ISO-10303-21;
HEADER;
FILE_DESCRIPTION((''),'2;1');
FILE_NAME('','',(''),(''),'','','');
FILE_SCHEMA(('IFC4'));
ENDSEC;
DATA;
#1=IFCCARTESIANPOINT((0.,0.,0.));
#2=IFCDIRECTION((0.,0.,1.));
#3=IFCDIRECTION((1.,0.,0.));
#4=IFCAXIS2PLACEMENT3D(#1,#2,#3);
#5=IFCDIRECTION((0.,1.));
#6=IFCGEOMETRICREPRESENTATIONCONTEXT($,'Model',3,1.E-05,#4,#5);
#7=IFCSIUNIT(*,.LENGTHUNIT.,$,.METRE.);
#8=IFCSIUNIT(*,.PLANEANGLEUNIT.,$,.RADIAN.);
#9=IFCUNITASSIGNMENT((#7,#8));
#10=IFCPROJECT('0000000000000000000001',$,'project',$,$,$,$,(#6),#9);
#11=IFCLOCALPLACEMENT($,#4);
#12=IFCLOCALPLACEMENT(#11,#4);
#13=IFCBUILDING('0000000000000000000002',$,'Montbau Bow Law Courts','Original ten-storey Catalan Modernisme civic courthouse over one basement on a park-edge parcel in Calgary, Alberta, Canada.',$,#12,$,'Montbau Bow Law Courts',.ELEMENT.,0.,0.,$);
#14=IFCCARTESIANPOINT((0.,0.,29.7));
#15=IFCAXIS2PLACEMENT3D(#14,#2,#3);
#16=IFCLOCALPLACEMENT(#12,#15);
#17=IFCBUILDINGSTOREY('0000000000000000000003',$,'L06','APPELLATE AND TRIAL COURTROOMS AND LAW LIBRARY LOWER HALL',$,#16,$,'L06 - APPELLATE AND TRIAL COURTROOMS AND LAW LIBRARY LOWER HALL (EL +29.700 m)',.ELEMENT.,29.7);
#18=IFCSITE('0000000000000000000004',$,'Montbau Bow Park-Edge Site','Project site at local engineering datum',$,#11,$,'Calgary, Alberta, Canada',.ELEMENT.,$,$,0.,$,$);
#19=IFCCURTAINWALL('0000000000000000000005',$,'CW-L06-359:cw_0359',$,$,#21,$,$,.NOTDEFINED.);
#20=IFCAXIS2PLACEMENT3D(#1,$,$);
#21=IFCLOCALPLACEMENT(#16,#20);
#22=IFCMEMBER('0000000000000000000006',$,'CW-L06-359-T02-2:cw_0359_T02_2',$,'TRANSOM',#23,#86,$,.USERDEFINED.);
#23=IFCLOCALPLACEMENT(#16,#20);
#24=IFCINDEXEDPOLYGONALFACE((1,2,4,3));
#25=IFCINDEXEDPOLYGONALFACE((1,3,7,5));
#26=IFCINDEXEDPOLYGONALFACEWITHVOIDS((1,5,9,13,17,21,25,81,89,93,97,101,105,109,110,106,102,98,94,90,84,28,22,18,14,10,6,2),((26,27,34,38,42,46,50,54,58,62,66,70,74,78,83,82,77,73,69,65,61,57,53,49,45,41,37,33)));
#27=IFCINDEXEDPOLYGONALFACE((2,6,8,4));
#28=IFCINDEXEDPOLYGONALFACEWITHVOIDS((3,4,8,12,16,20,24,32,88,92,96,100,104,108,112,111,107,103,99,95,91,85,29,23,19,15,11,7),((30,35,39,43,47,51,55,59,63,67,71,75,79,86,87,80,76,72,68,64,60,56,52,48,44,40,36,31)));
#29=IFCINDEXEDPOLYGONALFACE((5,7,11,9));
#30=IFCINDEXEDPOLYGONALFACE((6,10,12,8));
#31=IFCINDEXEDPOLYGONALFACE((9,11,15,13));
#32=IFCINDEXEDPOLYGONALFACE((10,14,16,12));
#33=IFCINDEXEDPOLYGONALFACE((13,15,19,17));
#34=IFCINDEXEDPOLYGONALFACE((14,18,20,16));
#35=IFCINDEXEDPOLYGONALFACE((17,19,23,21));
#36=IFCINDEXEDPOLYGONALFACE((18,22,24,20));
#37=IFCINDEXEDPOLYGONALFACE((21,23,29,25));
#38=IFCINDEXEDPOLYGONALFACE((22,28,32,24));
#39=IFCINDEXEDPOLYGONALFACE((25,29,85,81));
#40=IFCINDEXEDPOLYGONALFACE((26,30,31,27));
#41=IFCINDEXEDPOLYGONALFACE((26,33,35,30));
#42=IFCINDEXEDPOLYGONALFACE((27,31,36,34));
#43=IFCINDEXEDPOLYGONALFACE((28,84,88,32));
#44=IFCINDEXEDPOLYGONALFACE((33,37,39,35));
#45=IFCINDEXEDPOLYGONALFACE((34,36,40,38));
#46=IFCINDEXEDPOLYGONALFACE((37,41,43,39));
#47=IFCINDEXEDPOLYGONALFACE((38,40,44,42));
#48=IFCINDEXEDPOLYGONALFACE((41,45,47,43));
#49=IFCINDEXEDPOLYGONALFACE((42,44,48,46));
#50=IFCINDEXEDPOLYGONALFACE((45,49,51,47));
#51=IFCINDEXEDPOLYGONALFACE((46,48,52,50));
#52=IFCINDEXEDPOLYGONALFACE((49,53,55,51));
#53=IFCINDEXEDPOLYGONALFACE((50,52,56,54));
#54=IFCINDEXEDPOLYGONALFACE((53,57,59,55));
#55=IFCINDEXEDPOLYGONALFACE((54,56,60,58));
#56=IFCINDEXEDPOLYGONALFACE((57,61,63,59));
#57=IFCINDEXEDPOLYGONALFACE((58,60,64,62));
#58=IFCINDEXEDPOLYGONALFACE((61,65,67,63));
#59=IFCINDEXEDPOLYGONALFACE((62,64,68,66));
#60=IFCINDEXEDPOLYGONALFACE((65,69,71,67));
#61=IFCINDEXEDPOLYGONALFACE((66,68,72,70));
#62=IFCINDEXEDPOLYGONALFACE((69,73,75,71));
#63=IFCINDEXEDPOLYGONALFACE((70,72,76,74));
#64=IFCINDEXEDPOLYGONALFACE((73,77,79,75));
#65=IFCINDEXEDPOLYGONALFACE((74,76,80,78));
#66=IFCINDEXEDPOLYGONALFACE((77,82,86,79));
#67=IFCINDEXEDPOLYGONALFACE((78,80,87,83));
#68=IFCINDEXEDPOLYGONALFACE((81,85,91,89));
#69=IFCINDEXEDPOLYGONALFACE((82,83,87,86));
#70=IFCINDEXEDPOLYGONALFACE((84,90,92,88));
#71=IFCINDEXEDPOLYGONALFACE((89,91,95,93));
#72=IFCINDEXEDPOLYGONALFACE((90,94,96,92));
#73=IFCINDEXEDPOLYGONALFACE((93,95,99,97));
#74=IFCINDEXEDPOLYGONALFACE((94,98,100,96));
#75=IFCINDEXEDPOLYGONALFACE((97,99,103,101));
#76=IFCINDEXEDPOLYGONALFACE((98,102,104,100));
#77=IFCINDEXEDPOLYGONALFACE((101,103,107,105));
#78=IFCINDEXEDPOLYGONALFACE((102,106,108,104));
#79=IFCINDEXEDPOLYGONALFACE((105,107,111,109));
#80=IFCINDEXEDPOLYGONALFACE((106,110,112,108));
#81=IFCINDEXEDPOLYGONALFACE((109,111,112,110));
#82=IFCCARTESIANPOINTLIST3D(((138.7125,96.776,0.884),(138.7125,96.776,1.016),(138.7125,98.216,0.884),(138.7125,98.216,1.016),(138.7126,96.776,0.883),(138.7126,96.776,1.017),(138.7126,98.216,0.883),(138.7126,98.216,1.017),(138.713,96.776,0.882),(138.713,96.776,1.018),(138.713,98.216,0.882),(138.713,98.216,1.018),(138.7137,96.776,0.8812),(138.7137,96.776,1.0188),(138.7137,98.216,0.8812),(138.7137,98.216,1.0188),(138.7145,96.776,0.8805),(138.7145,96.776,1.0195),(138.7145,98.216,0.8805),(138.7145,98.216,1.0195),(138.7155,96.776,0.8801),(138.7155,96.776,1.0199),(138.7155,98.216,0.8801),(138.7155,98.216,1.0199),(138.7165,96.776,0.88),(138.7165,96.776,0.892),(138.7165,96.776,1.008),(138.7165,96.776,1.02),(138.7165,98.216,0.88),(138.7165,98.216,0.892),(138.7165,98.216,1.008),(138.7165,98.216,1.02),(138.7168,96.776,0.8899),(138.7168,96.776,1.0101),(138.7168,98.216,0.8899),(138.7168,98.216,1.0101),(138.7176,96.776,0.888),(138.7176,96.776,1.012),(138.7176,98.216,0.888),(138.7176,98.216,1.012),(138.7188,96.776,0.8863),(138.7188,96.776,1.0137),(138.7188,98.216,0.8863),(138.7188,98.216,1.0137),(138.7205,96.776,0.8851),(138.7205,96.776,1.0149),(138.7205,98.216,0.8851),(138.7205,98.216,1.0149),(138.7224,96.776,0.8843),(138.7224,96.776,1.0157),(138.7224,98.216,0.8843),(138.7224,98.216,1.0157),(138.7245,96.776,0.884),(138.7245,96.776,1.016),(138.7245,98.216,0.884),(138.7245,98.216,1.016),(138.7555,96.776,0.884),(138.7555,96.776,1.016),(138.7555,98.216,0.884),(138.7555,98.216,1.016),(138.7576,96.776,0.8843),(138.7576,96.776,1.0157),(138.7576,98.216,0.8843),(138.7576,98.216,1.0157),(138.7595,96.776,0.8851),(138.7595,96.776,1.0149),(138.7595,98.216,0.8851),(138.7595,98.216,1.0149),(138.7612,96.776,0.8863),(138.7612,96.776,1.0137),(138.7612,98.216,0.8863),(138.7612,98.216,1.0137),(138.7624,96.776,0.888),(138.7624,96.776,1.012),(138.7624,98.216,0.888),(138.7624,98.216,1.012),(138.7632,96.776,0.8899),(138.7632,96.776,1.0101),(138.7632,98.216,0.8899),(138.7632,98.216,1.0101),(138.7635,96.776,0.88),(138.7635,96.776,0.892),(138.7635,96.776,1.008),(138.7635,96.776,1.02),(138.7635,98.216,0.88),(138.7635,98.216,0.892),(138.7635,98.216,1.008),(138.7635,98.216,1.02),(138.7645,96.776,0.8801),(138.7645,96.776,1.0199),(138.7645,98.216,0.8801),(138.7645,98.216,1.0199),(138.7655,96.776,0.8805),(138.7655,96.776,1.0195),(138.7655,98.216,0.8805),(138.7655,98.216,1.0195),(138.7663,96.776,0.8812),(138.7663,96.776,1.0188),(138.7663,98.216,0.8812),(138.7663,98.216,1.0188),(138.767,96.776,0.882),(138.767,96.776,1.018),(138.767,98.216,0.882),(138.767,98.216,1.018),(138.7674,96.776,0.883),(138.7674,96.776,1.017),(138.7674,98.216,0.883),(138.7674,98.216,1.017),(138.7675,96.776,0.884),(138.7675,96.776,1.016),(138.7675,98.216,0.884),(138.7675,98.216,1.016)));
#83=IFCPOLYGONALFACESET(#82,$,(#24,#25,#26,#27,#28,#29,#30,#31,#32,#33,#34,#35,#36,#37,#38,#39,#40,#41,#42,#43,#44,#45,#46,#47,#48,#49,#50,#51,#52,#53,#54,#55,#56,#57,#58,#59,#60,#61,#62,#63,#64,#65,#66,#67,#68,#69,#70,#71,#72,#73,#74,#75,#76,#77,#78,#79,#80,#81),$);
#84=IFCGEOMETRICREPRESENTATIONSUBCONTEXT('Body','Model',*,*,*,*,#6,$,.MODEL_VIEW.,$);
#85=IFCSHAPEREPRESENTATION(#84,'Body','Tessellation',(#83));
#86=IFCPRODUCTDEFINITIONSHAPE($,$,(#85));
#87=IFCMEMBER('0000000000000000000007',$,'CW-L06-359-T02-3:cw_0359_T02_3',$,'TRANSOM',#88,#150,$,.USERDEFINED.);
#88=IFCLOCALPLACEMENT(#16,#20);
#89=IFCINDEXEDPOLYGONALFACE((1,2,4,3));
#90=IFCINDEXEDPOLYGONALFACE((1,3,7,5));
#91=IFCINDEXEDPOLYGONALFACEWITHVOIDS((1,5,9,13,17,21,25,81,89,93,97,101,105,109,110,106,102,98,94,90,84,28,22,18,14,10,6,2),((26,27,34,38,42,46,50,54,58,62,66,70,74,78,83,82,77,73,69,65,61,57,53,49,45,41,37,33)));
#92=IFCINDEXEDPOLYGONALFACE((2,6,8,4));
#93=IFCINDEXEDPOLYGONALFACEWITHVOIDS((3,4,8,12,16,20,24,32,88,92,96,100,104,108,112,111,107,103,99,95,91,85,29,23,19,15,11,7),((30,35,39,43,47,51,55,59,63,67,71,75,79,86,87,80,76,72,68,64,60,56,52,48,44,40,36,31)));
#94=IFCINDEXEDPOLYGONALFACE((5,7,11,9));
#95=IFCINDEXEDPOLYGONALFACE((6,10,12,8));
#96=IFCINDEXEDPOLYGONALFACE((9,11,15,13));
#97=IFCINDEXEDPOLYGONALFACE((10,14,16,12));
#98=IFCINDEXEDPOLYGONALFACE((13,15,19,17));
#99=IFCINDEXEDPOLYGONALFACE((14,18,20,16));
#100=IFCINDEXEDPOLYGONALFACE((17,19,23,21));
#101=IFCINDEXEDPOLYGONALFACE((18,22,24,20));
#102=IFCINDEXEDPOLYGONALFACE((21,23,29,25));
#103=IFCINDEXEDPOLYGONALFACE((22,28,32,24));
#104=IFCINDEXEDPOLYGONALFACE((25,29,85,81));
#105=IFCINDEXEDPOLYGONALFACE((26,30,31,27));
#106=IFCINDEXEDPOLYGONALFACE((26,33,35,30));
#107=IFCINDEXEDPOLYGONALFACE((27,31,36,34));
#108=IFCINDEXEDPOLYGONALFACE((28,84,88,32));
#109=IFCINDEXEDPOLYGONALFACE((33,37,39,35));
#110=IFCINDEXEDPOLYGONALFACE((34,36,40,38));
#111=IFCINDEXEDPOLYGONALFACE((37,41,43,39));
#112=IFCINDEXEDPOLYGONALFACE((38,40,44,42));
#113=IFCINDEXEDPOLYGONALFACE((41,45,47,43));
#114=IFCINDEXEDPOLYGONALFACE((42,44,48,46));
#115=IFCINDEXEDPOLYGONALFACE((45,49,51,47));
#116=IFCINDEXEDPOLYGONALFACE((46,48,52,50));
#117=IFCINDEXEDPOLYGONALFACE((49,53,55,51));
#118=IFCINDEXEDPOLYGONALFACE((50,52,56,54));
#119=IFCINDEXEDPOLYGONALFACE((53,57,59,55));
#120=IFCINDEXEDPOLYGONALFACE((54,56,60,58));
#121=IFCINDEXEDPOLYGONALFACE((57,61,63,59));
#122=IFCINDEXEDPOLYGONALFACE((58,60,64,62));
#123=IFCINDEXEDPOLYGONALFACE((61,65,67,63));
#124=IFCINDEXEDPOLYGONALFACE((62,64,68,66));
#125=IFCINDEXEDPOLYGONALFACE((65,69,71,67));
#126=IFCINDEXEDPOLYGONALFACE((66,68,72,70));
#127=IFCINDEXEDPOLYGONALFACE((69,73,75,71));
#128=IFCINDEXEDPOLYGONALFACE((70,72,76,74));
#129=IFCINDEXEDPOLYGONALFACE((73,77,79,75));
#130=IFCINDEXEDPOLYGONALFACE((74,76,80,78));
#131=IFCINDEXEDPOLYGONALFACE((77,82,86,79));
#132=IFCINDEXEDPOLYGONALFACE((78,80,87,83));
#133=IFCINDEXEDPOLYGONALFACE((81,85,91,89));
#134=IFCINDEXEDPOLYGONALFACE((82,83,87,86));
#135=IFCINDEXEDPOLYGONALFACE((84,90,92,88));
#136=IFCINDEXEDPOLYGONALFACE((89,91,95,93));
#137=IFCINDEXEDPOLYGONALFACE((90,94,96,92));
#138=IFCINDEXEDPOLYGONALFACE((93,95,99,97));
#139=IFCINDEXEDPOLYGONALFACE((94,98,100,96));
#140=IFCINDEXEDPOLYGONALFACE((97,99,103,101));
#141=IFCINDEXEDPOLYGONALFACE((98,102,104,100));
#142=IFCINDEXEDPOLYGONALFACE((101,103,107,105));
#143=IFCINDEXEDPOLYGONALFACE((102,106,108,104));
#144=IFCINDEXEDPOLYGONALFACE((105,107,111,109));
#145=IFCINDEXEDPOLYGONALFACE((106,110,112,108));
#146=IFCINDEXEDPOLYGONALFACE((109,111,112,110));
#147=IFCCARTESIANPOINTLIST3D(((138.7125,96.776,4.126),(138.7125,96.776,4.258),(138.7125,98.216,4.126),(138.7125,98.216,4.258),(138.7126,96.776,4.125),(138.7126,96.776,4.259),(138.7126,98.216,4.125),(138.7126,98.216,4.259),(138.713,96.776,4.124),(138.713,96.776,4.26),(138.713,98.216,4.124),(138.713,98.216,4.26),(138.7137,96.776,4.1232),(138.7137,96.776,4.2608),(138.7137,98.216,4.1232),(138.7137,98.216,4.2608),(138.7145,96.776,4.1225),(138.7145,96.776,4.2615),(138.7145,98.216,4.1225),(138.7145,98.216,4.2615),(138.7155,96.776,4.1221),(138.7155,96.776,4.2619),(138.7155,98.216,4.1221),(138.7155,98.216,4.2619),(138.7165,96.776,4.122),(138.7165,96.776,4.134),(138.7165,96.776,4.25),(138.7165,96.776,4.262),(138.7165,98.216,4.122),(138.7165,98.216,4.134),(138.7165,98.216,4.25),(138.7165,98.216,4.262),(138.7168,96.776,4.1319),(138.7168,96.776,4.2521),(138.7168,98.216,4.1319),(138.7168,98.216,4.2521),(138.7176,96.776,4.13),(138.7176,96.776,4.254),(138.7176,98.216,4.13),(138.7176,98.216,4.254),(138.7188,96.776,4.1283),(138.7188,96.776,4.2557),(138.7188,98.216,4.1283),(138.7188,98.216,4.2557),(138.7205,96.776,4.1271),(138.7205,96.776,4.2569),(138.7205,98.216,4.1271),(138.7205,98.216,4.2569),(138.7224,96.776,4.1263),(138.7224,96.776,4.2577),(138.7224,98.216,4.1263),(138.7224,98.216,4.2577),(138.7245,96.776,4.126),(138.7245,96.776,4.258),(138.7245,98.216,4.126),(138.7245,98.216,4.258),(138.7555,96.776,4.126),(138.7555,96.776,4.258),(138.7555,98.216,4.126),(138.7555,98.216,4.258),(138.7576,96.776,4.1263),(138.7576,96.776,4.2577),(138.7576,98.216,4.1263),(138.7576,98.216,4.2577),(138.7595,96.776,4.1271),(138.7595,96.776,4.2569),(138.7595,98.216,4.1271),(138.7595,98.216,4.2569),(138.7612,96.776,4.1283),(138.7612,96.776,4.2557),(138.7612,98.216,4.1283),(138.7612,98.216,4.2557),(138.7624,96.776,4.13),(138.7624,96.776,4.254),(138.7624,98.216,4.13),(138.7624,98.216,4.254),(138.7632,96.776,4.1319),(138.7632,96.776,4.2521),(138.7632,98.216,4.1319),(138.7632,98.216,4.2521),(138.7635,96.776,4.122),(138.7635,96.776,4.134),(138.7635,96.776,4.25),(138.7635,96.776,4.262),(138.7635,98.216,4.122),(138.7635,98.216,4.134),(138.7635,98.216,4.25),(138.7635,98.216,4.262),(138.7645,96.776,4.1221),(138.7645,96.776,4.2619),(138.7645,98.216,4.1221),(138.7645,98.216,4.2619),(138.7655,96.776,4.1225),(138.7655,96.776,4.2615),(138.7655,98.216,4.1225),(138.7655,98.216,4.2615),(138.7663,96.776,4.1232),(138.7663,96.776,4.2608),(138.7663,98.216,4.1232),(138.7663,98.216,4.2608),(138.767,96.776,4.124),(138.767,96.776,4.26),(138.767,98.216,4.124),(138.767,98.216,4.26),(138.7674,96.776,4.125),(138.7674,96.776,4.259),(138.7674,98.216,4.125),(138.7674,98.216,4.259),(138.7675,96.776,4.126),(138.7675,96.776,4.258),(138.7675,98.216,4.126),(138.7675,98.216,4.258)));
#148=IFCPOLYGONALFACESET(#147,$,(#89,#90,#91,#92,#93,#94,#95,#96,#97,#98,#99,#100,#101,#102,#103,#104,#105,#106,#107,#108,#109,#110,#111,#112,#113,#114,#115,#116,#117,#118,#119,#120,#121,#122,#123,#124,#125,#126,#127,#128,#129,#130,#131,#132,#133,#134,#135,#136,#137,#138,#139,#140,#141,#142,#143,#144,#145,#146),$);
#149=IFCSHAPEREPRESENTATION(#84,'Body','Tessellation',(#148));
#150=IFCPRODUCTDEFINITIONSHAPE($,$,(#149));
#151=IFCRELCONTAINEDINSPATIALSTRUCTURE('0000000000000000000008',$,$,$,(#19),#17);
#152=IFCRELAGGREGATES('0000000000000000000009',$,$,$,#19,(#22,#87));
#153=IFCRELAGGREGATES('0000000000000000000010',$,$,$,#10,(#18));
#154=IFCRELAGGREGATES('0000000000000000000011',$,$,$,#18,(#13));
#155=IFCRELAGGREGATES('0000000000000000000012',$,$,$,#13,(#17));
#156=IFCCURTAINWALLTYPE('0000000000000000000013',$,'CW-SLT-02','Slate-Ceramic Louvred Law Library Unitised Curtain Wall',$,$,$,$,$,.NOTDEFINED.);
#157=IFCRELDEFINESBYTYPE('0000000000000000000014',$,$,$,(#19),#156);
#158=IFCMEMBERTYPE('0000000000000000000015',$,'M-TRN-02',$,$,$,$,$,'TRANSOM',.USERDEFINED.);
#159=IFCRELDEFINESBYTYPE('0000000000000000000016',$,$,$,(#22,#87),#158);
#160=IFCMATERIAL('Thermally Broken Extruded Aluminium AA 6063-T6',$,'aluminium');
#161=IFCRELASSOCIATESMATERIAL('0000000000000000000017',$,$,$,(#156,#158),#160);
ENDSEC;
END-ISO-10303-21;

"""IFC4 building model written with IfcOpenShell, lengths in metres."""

from ifc_helpers import new_model, si_unit, direction, frame, origin_with_axes, origin_2d_with_axis, place, context, subcontext, project, spatial, hollow_rectangle, extrude, material, material_profile, profile_set, type_object, element, aggregate, save


model = new_model("IFC4")

# Units and contexts
model_context = context("Model", 3, precision=1e-05, world=origin_with_axes(), true_north=direction((0.0, 1.0)))
body_context = subcontext(model_context, "Body", "Model", "MODEL_VIEW")
ifc_project = project(units=[si_unit("LENGTHUNIT", "METRE"), si_unit("PLANEANGLEUNIT", "RADIAN")], contexts=[model_context])

# Site, building, storey
site_placement = place(None, origin_with_axes())
site = spatial("IfcSite", under=ifc_project, at=site_placement, Name="Montbau Bow Park-Edge Site", Description="Project site at local engineering datum", LongName="Calgary, Alberta, Canada", CompositionType="ELEMENT", RefElevation=0.0)
building_placement = place(site_placement, origin_with_axes())
building = spatial("IfcBuilding", under=site, at=building_placement, Name="Montbau Bow Law Courts", Description="Original ten-storey Catalan Modernisme civic courthouse over one basement on a park-edge parcel in Calgary, Alberta, Canada.", LongName="Montbau Bow Law Courts", CompositionType="ELEMENT", ElevationOfRefHeight=0.0, ElevationOfTerrain=0.0)
storey_placement = place(building_placement, frame((0.0, 0.0, 29.7), z_axis=(0.0, 0.0, 1.0), x_axis=(1.0, 0.0, 0.0)))
storey = spatial("IfcBuildingStorey", under=building, at=storey_placement, Name="L06", Description="APPELLATE AND TRIAL COURTROOMS AND LAW LIBRARY LOWER HALL", LongName="L06 - APPELLATE AND TRIAL COURTROOMS AND LAW LIBRARY LOWER HALL (EL +29.700 m)", CompositionType="ELEMENT", Elevation=29.7)

# Curtain wall, members
ifc_material_1 = material(Name="Thermally Broken Extruded Aluminium AA 6063-T6", Category="aluminium")
curtain_wall_type = type_object("IfcCurtainWallType", Name="CW-SLT-02", Description="Slate-Ceramic Louvred Law Library Unitised Curtain Wall", PredefinedType="NOTDEFINED", material=ifc_material_1)
curtain_wall_placement = place(None, frame((138.74, 95.24, 29.7), z_axis=(0.0, 0.0, 1.0), x_axis=(1.0, 0.0, 0.0)))
curtain_wall = element("IfcCurtainWall", 1, at=curtain_wall_placement, inside=storey, type_object=curtain_wall_type, Name="CW-L06-359:cw_0359", PredefinedType="NOTDEFINED")
ifc_material_profile_1 = material_profile(ifc_material_1, hollow_rectangle(XDim=0.055, YDim=0.14, WallThickness=0.004, InnerFilletRadius=0.008, OuterFilletRadius=0.004, at=origin_2d_with_axis()), Name="CWT-140X55", Category="Main", Priority=0)
ifc_profile_set_1 = profile_set([ifc_material_profile_1], Name="Thermally Broken Extruded Aluminium AA 6063-T6")
member_type_1 = type_object("IfcMemberType", Name="M-TRN-02", ElementType="TRANSOM", PredefinedType="USERDEFINED", material=ifc_profile_set_1)
member_1_placement = place(None, frame((138.74, 96.776, 30.65), z_axis=(0.0, 1.0, 0.0), x_axis=(-1.0, 0.0, 0.0)))
member_1 = element("IfcMember", 2, at=member_1_placement, type_object=member_type_1, Name="CW-L06-359-T02-2:cw_0359_T02_2", ObjectType="TRANSOM", PredefinedType="USERDEFINED", context=body_context, shape_type="SweptSolid", body=[
    extrude(hollow_rectangle(XDim=0.055, YDim=0.14, WallThickness=0.004, InnerFilletRadius=0.008, OuterFilletRadius=0.004, at=origin_2d_with_axis()), origin_with_axes(), (0.0, 0.0, 1.0), 1.44),
])
member_2_placement = place(None, frame((138.74, 96.776, 33.892), z_axis=(0.0, 1.0, 0.0), x_axis=(-1.0, 0.0, 0.0)))
member_2 = element("IfcMember", 3, at=member_2_placement, type_object=member_type_1, Name="CW-L06-359-T02-3:cw_0359_T02_3", ObjectType="TRANSOM", PredefinedType="USERDEFINED", context=body_context, shape_type="SweptSolid", body=[
    extrude(hollow_rectangle(XDim=0.055, YDim=0.14, WallThickness=0.004, InnerFilletRadius=0.008, OuterFilletRadius=0.004, at=origin_2d_with_axis()), origin_with_axes(), (0.0, 0.0, 1.0), 1.44),
])
aggregate(curtain_wall, [member_1, member_2])

save(model, "model.ifc")
